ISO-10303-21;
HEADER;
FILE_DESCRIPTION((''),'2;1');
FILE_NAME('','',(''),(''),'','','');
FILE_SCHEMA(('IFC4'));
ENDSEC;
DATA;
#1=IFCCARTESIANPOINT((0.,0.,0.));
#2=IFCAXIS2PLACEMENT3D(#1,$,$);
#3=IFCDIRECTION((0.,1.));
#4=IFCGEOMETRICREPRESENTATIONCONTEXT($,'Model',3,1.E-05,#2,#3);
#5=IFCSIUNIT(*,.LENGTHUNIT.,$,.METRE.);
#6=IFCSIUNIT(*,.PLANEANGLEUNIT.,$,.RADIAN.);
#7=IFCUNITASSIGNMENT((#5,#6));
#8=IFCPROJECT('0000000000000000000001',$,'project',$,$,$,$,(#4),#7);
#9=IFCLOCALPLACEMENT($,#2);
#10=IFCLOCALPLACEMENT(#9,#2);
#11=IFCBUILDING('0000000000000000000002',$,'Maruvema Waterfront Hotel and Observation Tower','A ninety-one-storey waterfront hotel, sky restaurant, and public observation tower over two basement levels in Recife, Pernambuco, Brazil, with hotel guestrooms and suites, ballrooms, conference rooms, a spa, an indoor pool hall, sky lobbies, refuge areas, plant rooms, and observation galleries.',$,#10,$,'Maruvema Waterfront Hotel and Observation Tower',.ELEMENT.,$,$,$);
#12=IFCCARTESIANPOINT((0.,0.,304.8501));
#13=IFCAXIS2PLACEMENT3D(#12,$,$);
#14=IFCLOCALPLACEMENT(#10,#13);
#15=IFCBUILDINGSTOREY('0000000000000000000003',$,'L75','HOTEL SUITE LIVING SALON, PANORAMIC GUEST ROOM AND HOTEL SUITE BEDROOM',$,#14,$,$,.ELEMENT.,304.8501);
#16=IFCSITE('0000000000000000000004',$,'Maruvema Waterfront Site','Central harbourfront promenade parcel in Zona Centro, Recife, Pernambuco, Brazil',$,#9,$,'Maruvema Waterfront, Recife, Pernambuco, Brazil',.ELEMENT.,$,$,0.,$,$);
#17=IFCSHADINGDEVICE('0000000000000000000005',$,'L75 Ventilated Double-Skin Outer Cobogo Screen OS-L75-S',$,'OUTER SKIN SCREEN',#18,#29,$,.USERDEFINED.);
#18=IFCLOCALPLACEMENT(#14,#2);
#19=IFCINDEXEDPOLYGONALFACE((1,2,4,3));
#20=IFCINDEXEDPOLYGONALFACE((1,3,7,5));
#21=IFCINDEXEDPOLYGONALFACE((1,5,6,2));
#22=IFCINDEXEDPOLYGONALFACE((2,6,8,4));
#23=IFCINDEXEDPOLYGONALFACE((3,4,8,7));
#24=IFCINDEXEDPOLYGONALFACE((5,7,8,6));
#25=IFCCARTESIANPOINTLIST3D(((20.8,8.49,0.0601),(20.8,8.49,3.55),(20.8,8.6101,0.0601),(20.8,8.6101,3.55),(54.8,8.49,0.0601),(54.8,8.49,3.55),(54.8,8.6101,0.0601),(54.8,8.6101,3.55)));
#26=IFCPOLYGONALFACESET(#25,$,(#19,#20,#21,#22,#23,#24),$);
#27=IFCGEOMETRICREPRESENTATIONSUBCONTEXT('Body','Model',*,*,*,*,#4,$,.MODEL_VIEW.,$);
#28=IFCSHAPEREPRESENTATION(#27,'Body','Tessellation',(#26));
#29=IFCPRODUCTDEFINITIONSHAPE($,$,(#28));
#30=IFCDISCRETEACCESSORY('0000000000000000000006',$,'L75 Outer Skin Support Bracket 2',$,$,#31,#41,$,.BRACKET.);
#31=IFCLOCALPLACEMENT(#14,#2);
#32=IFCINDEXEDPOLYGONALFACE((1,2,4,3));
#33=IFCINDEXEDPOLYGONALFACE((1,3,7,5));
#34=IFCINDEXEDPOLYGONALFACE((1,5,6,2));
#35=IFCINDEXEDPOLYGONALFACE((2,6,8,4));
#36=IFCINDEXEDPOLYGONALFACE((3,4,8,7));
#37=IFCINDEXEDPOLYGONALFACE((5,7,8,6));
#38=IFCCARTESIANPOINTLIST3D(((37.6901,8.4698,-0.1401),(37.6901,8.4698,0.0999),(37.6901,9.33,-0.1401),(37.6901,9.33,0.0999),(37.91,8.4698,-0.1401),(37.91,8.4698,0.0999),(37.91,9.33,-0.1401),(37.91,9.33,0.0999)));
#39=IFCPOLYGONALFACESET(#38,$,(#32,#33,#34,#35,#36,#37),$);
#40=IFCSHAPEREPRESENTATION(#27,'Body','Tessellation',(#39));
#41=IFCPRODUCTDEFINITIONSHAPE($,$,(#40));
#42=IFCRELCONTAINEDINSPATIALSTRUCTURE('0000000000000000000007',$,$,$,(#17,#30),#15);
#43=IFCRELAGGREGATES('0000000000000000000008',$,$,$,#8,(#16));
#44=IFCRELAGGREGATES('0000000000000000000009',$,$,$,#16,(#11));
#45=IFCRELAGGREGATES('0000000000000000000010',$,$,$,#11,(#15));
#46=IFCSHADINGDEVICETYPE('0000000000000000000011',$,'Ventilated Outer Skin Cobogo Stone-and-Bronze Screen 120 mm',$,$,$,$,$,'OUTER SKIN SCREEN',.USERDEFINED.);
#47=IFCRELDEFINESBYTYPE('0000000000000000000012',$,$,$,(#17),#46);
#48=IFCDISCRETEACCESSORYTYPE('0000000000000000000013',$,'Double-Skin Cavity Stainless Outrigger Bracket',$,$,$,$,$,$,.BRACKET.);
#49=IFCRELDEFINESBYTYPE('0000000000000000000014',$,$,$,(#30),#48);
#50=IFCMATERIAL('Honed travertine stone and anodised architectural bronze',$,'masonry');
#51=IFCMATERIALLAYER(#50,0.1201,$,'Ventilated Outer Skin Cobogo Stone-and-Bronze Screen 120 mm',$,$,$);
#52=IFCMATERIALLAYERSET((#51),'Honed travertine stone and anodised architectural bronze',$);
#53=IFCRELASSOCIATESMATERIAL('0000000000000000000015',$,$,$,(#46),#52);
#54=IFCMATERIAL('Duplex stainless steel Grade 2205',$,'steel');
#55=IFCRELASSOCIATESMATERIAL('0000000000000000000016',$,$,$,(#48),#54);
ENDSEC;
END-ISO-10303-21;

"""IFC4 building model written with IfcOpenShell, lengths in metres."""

from ifc_helpers import new_model, si_unit, direction, frame, origin, origin_2d, place, context, subcontext, project, spatial, rectangle, extrude, material, layer, layer_set, type_object, element, save


model = new_model("IFC4")

# Units and contexts
model_context = context("Model", 3, precision=1e-05, world=origin(), true_north=direction((0.0, 1.0)))
body_context = subcontext(model_context, "Body", "Model", "MODEL_VIEW")
ifc_project = project(units=[si_unit("LENGTHUNIT", "METRE"), si_unit("PLANEANGLEUNIT", "RADIAN")], contexts=[model_context])

# Site, building, storey
site_placement = place(None, origin())
site = spatial("IfcSite", under=ifc_project, at=site_placement, Name="Maruvema Waterfront Site", Description="Central harbourfront promenade parcel in Zona Centro, Recife, Pernambuco, Brazil", LongName="Maruvema Waterfront, Recife, Pernambuco, Brazil", CompositionType="ELEMENT", RefElevation=0.0)
building_placement = place(site_placement, origin())
building = spatial("IfcBuilding", under=site, at=building_placement, Name="Maruvema Waterfront Hotel and Observation Tower", Description="A ninety-one-storey waterfront hotel, sky restaurant, and public observation tower over two basement levels in Recife, Pernambuco, Brazil, with hotel guestrooms and suites, ballrooms, conference rooms, a spa, an indoor pool hall, sky lobbies, refuge areas, plant rooms, and observation galleries.", LongName="Maruvema Waterfront Hotel and Observation Tower", CompositionType="ELEMENT")
storey_placement = place(building_placement, frame((0.0, 0.0, 304.8501)))
storey = spatial("IfcBuildingStorey", under=building, at=storey_placement, Name="L75", Description="HOTEL SUITE LIVING SALON, PANORAMIC GUEST ROOM AND HOTEL SUITE BEDROOM", CompositionType="ELEMENT", Elevation=304.8501)

# Shading device
ifc_material_1 = material(Name="Honed travertine stone and anodised architectural bronze", Category="masonry")
ifc_layer_1 = layer(ifc_material_1, 0.1201, Name="Ventilated Outer Skin Cobogo Stone-and-Bronze Screen 120 mm")
ifc_layer_set_1 = layer_set([ifc_layer_1], Name="Honed travertine stone and anodised architectural bronze")
shading_device_type = type_object("IfcShadingDeviceType", Name="Ventilated Outer Skin Cobogo Stone-and-Bronze Screen 120 mm", ElementType="OUTER SKIN SCREEN", PredefinedType="USERDEFINED", material=ifc_layer_set_1)
shading_device_placement = place(storey_placement, frame((37.8, 8.55, 0.0601), z_axis=(0.0, 0.0, 1.0), x_axis=(1.0, 0.0, 0.0)))
element("IfcShadingDevice", 1, at=shading_device_placement, inside=storey, type_object=shading_device_type, Name="L75 Ventilated Double-Skin Outer Cobogo Screen OS-L75-S", ObjectType="OUTER SKIN SCREEN", PredefinedType="USERDEFINED", context=body_context, shape_type="SweptSolid", body=[
    extrude(rectangle(XDim=34.0, YDim=0.1201, at=origin_2d()), origin(), (0.0, 0.0, 1.0), 3.49),
])

# Discrete accessory
ifc_material_2 = material(Name="Duplex stainless steel Grade 2205", Category="steel")
discrete_accessory_type = type_object("IfcDiscreteAccessoryType", Name="Double-Skin Cavity Stainless Outrigger Bracket", PredefinedType="BRACKET", material=ifc_material_2)
discrete_accessory_placement = place(storey_placement, frame((37.8, 8.8999, -0.1401), z_axis=(0.0, 0.0, 1.0), x_axis=(1.0, 0.0, 0.0)))
element("IfcDiscreteAccessory", 2, at=discrete_accessory_placement, inside=storey, type_object=discrete_accessory_type, Name="L75 Outer Skin Support Bracket 2", PredefinedType="BRACKET", context=body_context, shape_type="SweptSolid", body=[
    extrude(rectangle(XDim=0.22, YDim=0.8601, at=origin_2d()), origin(), (0.0, 0.0, 1.0), 0.24),
])

save(model, "model.ifc")
